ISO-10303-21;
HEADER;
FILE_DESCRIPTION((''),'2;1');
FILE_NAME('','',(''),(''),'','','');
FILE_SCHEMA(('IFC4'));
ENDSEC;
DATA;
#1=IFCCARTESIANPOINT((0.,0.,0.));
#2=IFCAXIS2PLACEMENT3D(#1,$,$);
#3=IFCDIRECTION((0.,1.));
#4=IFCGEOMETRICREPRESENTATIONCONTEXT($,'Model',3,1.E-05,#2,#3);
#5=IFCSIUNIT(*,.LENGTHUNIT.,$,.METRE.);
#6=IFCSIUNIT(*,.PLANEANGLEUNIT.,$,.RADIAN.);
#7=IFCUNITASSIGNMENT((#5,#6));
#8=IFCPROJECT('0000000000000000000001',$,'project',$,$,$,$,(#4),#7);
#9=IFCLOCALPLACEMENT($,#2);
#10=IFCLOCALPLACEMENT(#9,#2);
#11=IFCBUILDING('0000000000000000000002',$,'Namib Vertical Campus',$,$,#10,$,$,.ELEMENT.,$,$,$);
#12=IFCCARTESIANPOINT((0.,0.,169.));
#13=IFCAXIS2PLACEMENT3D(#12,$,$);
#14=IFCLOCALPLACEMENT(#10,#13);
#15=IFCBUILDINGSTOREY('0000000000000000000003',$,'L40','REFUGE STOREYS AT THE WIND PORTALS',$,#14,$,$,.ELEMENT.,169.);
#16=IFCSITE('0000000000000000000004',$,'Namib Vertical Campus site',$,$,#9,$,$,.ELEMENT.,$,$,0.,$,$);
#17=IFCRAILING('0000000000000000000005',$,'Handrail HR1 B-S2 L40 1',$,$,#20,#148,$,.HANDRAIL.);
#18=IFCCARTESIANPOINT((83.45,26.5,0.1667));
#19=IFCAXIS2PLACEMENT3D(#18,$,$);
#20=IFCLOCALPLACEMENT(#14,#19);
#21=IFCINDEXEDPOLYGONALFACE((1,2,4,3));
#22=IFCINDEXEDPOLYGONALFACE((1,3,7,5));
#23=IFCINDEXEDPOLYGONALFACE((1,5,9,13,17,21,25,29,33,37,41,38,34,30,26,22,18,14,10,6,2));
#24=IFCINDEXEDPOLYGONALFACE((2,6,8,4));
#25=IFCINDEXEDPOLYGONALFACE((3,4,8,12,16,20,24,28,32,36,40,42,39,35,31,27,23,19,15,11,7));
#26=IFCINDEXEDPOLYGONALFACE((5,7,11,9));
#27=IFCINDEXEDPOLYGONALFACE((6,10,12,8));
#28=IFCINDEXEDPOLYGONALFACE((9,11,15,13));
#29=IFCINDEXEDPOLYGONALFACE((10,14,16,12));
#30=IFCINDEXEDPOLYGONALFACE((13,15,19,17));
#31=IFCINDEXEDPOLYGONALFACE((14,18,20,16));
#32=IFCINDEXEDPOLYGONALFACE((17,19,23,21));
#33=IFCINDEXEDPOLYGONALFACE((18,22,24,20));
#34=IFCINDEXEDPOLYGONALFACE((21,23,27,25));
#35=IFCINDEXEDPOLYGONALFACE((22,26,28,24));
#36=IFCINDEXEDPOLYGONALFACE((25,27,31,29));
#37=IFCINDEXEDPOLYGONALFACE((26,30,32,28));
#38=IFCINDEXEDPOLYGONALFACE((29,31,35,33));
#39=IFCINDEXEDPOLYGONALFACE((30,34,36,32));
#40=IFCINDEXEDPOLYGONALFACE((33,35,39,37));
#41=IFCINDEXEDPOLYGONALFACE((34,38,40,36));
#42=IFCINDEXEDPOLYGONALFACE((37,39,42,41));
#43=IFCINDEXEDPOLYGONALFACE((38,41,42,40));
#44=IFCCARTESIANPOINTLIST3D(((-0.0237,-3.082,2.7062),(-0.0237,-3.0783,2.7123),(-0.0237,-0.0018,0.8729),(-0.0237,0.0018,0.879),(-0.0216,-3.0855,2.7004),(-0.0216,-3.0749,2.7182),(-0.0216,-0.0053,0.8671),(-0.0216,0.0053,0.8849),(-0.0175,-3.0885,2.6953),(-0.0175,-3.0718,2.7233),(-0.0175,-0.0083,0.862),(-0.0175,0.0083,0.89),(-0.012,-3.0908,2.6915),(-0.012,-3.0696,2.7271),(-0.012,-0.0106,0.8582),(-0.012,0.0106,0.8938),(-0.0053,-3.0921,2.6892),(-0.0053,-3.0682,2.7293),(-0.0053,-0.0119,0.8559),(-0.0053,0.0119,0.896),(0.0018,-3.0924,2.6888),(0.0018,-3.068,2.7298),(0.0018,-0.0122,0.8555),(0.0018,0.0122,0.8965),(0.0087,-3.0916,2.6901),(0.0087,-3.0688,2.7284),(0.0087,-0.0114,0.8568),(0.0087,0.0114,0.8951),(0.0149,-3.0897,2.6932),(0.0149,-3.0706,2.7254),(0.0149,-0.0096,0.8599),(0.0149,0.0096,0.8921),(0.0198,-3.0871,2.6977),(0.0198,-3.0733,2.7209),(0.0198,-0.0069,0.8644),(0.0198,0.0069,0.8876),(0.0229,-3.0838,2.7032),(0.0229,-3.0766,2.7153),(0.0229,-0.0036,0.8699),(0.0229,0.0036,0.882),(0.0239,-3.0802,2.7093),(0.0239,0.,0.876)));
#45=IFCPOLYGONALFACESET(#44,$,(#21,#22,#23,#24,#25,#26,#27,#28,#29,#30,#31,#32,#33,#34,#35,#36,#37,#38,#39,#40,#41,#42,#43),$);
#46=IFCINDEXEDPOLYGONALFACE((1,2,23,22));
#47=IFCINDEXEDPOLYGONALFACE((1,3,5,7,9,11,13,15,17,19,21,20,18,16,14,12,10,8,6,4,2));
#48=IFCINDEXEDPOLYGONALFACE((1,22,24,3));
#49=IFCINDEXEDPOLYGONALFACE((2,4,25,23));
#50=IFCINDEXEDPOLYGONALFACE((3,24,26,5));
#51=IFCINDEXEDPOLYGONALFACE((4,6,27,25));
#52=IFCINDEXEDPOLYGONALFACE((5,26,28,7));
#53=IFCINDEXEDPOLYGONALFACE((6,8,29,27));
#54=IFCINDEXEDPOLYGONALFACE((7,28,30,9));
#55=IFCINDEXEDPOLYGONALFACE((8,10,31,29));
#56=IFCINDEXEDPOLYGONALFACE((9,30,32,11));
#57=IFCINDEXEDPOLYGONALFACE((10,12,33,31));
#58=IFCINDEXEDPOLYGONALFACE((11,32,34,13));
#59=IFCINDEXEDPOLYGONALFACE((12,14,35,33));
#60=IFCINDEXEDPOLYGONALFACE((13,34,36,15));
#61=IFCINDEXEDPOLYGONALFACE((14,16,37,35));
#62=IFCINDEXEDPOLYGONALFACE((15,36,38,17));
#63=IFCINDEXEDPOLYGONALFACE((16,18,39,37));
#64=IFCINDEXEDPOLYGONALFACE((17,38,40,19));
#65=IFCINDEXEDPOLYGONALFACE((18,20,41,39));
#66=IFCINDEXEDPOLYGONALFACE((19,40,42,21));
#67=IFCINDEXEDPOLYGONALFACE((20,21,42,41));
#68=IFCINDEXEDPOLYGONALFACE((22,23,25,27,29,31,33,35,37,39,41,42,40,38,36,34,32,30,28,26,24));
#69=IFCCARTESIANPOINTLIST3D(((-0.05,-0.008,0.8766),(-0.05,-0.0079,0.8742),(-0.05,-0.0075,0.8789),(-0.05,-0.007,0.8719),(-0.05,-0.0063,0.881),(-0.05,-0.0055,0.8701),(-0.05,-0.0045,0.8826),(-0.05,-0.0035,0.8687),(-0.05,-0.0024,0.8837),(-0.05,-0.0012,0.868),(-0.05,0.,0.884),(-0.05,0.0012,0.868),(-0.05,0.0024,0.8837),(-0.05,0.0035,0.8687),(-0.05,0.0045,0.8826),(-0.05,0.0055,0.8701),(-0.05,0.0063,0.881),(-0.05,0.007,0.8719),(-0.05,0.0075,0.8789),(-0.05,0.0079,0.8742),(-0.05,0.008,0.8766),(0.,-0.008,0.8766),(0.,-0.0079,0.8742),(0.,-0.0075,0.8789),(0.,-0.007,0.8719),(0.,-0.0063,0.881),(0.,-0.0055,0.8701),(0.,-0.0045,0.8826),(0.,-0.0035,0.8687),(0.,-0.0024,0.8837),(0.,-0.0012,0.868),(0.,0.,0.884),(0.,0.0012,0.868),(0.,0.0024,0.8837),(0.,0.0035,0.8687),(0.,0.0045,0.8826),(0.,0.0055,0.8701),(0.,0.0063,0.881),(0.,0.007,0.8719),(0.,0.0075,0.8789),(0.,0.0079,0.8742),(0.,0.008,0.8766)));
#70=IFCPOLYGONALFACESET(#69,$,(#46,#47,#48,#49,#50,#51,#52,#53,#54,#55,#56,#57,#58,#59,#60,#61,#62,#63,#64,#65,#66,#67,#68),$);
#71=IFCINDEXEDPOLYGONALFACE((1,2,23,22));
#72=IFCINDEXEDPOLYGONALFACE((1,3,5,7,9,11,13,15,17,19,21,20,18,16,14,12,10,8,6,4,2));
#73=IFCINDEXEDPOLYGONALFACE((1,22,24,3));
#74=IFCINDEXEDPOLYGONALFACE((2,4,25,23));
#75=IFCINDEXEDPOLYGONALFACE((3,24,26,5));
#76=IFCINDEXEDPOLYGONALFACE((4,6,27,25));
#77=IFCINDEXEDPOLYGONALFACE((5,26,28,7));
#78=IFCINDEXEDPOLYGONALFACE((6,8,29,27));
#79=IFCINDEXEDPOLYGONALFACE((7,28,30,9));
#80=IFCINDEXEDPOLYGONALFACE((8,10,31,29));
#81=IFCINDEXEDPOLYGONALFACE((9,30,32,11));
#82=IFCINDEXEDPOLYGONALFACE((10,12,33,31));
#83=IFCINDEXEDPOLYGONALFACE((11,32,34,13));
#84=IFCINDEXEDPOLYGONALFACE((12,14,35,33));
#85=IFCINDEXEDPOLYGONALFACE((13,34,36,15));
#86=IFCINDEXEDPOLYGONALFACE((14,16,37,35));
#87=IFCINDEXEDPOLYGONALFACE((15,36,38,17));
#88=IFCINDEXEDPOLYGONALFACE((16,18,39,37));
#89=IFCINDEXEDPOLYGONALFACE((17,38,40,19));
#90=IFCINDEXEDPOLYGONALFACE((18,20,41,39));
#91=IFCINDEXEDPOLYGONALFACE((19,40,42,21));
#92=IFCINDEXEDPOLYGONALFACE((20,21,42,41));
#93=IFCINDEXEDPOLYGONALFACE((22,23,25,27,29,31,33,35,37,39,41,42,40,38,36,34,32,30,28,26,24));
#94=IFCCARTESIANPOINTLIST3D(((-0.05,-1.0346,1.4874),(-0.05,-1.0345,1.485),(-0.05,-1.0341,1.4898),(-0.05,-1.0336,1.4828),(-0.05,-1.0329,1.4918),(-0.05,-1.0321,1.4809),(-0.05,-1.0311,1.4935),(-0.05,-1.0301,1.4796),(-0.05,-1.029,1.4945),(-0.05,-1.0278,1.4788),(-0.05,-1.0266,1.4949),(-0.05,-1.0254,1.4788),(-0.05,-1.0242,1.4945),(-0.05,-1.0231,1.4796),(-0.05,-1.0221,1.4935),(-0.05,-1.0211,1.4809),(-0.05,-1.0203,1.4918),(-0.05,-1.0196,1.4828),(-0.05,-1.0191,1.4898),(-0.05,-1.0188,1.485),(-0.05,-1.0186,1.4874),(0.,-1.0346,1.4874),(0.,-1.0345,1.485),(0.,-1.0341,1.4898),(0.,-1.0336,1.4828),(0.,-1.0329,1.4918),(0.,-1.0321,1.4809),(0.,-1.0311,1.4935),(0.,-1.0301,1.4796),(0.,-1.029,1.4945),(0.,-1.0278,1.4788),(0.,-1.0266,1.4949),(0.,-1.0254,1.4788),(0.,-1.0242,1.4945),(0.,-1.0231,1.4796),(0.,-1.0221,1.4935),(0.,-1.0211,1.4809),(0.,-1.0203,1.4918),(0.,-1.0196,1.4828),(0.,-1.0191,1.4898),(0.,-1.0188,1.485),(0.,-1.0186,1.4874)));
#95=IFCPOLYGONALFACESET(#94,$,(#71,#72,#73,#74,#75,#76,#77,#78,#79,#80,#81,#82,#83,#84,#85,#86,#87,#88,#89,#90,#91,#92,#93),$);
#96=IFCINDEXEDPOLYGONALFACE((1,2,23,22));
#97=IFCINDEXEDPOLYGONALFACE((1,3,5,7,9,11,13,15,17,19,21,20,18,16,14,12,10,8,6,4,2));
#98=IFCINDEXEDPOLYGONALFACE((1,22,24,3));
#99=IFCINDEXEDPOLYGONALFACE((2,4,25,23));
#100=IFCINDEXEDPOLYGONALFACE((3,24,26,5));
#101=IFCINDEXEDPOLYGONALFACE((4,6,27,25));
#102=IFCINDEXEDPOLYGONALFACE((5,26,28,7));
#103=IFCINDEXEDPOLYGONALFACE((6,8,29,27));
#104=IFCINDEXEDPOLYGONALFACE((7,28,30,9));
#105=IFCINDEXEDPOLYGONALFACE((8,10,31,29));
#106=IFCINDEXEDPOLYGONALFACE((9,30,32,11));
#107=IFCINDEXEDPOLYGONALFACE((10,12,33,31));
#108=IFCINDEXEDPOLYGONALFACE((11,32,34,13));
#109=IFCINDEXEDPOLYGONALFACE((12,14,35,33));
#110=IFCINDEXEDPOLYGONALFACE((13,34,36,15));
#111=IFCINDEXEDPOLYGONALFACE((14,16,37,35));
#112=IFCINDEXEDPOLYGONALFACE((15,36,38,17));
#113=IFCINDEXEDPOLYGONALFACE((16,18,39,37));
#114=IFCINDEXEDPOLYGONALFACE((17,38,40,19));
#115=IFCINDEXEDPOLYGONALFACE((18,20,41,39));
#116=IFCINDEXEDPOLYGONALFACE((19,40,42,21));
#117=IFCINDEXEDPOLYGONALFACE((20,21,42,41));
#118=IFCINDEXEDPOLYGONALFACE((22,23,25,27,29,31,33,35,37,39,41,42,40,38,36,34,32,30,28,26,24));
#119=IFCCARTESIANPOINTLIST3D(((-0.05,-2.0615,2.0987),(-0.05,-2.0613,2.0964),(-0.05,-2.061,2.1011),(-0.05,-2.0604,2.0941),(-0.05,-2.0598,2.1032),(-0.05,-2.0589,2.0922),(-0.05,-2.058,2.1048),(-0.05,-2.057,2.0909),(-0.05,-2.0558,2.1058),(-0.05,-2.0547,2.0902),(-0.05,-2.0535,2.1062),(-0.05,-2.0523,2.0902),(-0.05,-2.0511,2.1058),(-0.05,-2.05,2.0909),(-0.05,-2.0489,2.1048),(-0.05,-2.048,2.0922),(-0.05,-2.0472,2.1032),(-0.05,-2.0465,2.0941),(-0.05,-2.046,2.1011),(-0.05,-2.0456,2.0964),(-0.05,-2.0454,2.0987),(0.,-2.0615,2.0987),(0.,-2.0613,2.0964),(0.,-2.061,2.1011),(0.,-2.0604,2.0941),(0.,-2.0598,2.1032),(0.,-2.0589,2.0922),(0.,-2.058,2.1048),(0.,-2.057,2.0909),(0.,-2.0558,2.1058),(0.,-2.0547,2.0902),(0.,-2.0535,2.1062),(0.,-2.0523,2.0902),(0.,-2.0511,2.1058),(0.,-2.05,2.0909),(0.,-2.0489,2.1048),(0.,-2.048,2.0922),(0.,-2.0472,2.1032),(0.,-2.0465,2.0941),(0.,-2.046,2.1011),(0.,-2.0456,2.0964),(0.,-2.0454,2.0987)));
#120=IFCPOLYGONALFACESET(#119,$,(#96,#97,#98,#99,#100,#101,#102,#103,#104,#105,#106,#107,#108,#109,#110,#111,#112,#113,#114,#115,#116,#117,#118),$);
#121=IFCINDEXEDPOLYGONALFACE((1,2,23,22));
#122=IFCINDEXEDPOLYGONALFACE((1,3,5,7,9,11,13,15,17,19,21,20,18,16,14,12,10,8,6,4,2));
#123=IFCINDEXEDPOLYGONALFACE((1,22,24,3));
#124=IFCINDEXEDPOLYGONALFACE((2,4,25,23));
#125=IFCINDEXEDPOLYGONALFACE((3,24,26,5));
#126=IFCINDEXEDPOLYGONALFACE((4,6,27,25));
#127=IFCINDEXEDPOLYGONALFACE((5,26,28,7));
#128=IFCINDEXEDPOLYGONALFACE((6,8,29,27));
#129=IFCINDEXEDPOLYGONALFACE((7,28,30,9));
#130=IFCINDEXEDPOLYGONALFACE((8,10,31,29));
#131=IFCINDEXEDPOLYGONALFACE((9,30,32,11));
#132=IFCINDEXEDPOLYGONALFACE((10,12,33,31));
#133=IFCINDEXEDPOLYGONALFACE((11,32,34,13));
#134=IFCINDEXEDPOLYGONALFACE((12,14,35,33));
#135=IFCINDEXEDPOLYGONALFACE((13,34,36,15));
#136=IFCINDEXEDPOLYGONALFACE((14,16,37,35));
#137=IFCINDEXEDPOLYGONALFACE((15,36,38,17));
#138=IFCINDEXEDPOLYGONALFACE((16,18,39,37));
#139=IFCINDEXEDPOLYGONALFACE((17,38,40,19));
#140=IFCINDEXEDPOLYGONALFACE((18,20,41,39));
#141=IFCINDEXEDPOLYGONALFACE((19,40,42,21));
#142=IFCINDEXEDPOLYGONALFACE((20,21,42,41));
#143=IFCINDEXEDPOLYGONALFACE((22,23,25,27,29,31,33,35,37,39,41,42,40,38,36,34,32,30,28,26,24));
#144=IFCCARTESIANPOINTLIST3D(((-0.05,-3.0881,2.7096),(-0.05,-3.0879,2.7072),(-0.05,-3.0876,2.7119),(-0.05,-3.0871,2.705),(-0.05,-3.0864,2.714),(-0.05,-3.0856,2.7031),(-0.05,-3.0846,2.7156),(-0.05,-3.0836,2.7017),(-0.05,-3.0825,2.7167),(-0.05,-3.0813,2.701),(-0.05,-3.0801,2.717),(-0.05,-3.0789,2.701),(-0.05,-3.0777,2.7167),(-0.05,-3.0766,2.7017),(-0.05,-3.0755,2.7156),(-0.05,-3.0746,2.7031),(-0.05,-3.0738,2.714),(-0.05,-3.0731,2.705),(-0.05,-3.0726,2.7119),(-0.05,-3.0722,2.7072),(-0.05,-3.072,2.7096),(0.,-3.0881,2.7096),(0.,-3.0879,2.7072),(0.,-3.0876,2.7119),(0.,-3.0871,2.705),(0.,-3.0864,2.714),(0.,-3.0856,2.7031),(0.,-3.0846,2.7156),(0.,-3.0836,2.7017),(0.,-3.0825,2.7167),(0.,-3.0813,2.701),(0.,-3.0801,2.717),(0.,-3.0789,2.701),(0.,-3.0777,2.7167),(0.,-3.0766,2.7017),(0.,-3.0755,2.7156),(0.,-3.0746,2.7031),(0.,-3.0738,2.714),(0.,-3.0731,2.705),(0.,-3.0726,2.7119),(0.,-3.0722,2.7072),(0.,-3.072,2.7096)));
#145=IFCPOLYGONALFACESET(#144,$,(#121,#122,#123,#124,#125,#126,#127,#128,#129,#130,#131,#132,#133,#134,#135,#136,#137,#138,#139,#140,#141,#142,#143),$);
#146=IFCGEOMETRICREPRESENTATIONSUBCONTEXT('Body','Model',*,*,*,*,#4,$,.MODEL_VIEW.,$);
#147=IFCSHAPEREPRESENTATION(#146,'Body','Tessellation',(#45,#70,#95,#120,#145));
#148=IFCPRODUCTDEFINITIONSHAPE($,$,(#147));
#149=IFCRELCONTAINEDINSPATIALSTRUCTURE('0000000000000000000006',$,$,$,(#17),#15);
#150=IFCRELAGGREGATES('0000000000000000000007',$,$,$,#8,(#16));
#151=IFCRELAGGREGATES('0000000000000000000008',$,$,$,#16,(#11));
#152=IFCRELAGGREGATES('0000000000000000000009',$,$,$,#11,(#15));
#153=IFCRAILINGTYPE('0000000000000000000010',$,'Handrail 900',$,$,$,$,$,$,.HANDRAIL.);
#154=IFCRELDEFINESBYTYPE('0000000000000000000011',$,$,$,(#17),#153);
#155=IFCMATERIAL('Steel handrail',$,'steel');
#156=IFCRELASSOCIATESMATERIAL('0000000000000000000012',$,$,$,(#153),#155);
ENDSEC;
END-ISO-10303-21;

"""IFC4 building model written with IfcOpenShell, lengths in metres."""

from ifc_helpers import new_model, si_unit, direction, frame, origin, origin_2d, place, context, subcontext, project, spatial, circle, extrude, material, type_object, element, save


model = new_model("IFC4")

# Units and contexts
model_context = context("Model", 3, precision=1e-05, world=origin(), true_north=direction((0.0, 1.0)))
body_context = subcontext(model_context, "Body", "Model", "MODEL_VIEW")
ifc_project = project(units=[si_unit("LENGTHUNIT", "METRE"), si_unit("PLANEANGLEUNIT", "RADIAN")], contexts=[model_context])

# Site, building, storey
site_placement = place(None, origin())
site = spatial("IfcSite", under=ifc_project, at=site_placement, Name="Namib Vertical Campus site", CompositionType="ELEMENT", RefElevation=0.0)
building_placement = place(site_placement, origin())
building = spatial("IfcBuilding", under=site, at=building_placement, Name="Namib Vertical Campus", CompositionType="ELEMENT")
storey_placement = place(building_placement, frame((0.0, 0.0, 169.0)))
storey = spatial("IfcBuildingStorey", under=building, at=storey_placement, Name="L40", Description="REFUGE STOREYS AT THE WIND PORTALS", CompositionType="ELEMENT", Elevation=169.0)

# Railing
ifc_material_1 = material(Name="Steel handrail", Category="steel")
railing_type_1 = type_object("IfcRailingType", Name="Handrail 900", PredefinedType="HANDRAIL", material=ifc_material_1)
for number, where, name in (
    (1, (83.45, 26.5, 0.1667), "Handrail HR1 B-S2 L40 1"),
):
    element("IfcRailing", number, at=place(storey_placement, frame(where)), inside=storey, type_object=railing_type_1, Name=name, PredefinedType="HANDRAIL", context=body_context, shape_type="SweptSolid", body=[
        extrude(circle(Radius=0.0239, at=origin_2d()), frame((0.0, 0.0, 0.876), z_axis=(0.0, -0.859309, 0.511458), x_axis=(1.0, 0.0, 0.0)), (0.0, 0.0, 1.0), 3.5845),
        extrude(circle(Radius=0.0081, at=origin_2d()), frame((0.0, 0.0, 0.876), z_axis=(-1.0, 0.0, 0.0), x_axis=(0.0, 0.0, 1.0)), (0.0, 0.0, 1.0), 0.05),
        extrude(circle(Radius=0.0081, at=origin_2d()), frame((0.0, -1.0266, 1.4868), z_axis=(-1.0, 0.0, 0.0), x_axis=(0.0, 0.0, 1.0)), (0.0, 0.0, 1.0), 0.05),
        extrude(circle(Radius=0.0081, at=origin_2d()), frame((0.0, -2.0535, 2.0981), z_axis=(-1.0, 0.0, 0.0), x_axis=(0.0, 0.0, 1.0)), (0.0, 0.0, 1.0), 0.05),
        extrude(circle(Radius=0.0081, at=origin_2d()), frame((0.0, -3.0801, 2.709), z_axis=(-1.0, 0.0, 0.0), x_axis=(0.0, 0.0, 1.0)), (0.0, 0.0, 1.0), 0.05),
    ])

save(model, "model.ifc")
